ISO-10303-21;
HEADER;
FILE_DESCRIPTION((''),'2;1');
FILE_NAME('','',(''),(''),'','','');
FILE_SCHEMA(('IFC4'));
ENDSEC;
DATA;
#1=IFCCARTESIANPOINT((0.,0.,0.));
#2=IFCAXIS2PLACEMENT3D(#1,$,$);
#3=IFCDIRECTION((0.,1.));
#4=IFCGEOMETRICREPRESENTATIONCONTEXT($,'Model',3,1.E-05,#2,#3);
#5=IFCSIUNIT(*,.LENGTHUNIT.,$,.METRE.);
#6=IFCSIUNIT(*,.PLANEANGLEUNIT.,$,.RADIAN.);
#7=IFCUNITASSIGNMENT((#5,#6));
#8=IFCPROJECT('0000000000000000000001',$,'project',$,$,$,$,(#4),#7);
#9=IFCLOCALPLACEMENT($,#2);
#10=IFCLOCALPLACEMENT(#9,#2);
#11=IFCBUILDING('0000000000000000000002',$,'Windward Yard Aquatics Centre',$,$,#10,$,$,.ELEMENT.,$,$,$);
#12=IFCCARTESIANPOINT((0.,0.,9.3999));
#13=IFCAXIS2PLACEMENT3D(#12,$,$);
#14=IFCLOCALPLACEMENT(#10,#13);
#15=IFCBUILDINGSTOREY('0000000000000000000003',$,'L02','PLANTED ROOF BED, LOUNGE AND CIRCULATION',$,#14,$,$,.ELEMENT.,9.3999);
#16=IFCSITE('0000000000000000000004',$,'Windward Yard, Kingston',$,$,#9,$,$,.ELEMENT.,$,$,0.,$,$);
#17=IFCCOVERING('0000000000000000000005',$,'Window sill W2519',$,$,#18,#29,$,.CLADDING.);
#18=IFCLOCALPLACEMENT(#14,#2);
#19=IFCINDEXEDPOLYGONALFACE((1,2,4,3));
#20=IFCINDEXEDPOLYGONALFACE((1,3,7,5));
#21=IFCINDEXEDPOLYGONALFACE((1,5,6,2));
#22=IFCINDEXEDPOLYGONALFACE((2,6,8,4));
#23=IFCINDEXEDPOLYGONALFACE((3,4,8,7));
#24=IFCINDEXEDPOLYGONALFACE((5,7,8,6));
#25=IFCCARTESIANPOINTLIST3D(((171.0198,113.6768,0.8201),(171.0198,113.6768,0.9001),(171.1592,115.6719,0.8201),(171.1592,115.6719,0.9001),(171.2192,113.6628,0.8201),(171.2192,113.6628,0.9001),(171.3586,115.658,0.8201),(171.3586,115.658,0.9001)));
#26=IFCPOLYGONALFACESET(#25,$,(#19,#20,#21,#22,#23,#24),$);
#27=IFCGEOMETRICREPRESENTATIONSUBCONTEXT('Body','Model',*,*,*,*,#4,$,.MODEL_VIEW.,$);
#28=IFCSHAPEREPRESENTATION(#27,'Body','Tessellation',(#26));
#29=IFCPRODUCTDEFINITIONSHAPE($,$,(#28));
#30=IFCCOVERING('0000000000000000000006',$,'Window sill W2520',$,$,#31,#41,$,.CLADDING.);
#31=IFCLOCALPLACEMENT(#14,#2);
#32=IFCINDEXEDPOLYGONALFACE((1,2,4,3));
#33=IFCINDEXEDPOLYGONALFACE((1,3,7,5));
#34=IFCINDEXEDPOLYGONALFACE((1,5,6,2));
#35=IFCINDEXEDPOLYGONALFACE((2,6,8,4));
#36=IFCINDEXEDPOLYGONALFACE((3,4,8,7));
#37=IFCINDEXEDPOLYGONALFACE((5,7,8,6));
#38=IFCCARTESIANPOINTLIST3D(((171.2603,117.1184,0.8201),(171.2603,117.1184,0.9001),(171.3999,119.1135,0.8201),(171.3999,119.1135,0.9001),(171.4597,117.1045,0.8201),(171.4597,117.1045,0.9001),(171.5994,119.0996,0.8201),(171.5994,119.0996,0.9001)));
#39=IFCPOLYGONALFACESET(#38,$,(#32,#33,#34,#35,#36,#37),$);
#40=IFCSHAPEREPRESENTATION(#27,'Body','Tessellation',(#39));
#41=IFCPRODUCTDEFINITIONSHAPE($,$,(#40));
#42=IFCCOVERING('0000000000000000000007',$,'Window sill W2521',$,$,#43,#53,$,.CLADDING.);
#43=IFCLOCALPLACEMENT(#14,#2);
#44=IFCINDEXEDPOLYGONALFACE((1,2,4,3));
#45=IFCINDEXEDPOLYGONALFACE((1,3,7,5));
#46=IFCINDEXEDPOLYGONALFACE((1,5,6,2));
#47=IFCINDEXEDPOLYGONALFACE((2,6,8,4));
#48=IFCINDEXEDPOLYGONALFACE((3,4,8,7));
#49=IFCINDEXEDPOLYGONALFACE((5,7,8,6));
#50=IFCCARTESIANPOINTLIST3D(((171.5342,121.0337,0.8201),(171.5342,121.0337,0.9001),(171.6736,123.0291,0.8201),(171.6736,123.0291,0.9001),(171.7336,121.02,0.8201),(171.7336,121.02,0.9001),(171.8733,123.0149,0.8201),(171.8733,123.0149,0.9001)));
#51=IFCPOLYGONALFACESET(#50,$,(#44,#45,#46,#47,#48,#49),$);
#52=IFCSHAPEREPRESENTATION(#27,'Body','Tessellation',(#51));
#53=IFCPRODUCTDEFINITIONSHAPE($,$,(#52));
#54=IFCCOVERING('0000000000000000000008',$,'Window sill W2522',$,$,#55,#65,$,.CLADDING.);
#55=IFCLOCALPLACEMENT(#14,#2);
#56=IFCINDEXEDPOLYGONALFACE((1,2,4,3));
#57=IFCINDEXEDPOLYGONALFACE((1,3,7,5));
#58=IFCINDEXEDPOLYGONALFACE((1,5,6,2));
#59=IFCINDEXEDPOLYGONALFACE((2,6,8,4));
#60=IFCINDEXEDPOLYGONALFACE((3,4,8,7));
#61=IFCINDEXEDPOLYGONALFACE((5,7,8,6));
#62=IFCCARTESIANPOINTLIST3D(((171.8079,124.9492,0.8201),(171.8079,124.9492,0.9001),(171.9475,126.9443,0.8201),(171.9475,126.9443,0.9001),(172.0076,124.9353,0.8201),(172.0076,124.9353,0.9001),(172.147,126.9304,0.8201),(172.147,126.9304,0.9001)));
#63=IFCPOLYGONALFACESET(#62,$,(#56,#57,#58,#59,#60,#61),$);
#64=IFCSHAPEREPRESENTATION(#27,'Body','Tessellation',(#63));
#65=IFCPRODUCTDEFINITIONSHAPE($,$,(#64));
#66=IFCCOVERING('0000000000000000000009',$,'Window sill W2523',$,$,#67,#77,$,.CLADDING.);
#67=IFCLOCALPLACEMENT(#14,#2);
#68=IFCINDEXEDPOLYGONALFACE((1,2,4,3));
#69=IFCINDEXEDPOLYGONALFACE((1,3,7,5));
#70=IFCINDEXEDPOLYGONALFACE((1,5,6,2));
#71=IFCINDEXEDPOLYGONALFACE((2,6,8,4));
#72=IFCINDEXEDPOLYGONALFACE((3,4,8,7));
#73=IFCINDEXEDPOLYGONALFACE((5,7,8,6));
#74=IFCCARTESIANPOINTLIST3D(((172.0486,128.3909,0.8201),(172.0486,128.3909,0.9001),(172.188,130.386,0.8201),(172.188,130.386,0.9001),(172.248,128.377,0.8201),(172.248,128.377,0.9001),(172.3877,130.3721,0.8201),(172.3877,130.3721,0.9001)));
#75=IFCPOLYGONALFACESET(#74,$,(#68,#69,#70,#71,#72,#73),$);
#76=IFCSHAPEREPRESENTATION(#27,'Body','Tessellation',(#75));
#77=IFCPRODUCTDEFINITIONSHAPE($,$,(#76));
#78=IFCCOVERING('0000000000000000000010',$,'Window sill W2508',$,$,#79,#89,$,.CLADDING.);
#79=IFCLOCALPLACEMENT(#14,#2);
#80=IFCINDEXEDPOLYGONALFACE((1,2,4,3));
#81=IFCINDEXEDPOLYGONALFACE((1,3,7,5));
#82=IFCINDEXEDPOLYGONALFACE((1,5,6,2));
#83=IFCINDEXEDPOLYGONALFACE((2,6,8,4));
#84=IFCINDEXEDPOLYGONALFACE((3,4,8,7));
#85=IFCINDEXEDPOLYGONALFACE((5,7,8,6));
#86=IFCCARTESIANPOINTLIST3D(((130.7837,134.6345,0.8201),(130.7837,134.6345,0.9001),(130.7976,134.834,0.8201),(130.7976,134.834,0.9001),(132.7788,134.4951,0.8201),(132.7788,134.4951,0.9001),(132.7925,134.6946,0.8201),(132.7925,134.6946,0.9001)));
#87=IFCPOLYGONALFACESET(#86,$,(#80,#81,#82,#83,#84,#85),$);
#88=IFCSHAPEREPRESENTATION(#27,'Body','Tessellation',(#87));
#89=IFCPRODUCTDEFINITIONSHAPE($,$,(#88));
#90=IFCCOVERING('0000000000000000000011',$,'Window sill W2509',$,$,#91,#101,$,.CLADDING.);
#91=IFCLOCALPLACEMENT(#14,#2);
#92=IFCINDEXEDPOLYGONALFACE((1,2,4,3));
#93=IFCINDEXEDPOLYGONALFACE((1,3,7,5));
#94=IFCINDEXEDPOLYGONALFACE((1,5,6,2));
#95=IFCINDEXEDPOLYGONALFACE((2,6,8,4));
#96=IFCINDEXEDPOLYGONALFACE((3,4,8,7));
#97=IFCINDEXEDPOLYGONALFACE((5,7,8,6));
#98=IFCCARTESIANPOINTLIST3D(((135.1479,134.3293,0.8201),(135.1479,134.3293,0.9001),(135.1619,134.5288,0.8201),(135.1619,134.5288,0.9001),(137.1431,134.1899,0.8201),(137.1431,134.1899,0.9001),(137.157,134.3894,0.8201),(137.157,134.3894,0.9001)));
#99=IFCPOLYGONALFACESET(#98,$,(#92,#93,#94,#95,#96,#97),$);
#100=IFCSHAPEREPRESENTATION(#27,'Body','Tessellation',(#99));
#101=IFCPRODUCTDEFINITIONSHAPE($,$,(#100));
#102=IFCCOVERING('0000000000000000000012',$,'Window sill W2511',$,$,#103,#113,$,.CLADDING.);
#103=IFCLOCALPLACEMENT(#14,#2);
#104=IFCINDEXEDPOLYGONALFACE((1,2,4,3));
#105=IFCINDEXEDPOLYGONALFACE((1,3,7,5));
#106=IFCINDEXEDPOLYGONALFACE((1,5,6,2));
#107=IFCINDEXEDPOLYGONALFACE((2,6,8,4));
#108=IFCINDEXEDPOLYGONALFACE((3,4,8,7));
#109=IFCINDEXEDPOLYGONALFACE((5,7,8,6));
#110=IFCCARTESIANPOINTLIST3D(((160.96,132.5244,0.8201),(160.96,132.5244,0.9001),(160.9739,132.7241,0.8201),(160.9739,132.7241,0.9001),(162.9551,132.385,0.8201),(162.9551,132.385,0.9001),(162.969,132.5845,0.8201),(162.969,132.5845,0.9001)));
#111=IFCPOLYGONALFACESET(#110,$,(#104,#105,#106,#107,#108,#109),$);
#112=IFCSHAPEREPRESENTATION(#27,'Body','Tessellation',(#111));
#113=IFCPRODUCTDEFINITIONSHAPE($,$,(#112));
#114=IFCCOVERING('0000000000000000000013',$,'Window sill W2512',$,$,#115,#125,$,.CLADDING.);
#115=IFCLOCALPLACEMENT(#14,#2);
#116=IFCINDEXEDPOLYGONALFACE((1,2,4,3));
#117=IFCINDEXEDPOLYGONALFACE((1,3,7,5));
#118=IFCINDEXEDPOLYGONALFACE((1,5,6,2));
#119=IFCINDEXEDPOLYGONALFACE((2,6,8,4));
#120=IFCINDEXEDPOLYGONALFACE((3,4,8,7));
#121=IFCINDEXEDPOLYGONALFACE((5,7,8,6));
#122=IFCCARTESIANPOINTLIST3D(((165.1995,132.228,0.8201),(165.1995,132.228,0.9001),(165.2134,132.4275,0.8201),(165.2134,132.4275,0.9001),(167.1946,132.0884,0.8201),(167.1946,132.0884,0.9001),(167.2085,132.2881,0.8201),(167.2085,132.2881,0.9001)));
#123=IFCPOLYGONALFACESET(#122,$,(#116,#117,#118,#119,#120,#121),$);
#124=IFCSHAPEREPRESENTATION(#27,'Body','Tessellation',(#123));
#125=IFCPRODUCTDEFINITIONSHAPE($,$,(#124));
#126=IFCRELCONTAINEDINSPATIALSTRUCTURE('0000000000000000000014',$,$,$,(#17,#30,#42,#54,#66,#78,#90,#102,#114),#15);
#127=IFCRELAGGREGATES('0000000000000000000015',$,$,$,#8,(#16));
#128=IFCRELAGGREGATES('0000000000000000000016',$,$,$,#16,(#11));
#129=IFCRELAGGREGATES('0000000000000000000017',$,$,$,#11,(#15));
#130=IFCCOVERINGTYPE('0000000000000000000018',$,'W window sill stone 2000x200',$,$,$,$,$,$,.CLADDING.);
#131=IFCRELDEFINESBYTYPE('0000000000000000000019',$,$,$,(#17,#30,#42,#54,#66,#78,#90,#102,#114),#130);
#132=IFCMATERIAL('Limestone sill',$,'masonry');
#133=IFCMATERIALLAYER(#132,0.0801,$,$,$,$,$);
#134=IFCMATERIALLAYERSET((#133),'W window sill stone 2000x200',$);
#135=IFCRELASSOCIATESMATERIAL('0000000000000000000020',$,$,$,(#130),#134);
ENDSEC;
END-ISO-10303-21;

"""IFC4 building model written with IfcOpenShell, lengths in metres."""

from ifc_helpers import new_model, si_unit, direction, frame, origin, place, context, subcontext, project, spatial, polyline, outline, extrude, material, layer, layer_set, type_object, element, save


model = new_model("IFC4")

# Units and contexts
model_context = context("Model", 3, precision=1e-05, world=origin(), true_north=direction((0.0, 1.0)))
body_context = subcontext(model_context, "Body", "Model", "MODEL_VIEW")
ifc_project = project(units=[si_unit("LENGTHUNIT", "METRE"), si_unit("PLANEANGLEUNIT", "RADIAN")], contexts=[model_context])

# Site, building, storey
site_placement = place(None, origin())
site = spatial("IfcSite", under=ifc_project, at=site_placement, Name="Windward Yard, Kingston", CompositionType="ELEMENT", RefElevation=0.0)
building_placement = place(site_placement, origin())
building = spatial("IfcBuilding", under=site, at=building_placement, Name="Windward Yard Aquatics Centre", CompositionType="ELEMENT")
storey_placement = place(building_placement, frame((0.0, 0.0, 9.3999)))
storey = spatial("IfcBuildingStorey", under=building, at=storey_placement, Name="L02", Description="PLANTED ROOF BED, LOUNGE AND CIRCULATION", CompositionType="ELEMENT", Elevation=9.3999)

# Shared definitions
ifc_material_1 = material(Name="Limestone sill", Category="masonry")

# Coverings
ifc_layer_1 = layer(ifc_material_1, 0.0801)
ifc_layer_set_1 = layer_set([ifc_layer_1], Name="W window sill stone 2000x200")
covering_type_1 = type_object("IfcCoveringType", Name="W window sill stone 2000x200", PredefinedType="CLADDING", material=ifc_layer_set_1)
covering_1_placement = place(storey_placement, frame((0.0, 0.0, 0.8201)))
element("IfcCovering", 1, at=covering_1_placement, inside=storey, type_object=covering_type_1, Name="Window sill W2519", PredefinedType="CLADDING", context=body_context, shape_type="SweptSolid", body=[
    extrude(outline(polyline([(171.0198, 113.6768), (171.1592, 115.6719), (171.3586, 115.658), (171.2192, 113.6628), (171.0198, 113.6768)])), origin(), (0.0, 0.0, 1.0), 0.0801),
])
covering_2_placement = place(storey_placement, frame((0.0, 0.0, 0.8201)))
element("IfcCovering", 2, at=covering_2_placement, inside=storey, type_object=covering_type_1, Name="Window sill W2520", PredefinedType="CLADDING", context=body_context, shape_type="SweptSolid", body=[
    extrude(outline(polyline([(171.2603, 117.1184), (171.3999, 119.1135), (171.5994, 119.0996), (171.4597, 117.1045), (171.2603, 117.1184)])), origin(), (0.0, 0.0, 1.0), 0.0801),
])
covering_3_placement = place(storey_placement, frame((0.0, 0.0, 0.8201)))
element("IfcCovering", 3, at=covering_3_placement, inside=storey, type_object=covering_type_1, Name="Window sill W2521", PredefinedType="CLADDING", context=body_context, shape_type="SweptSolid", body=[
    extrude(outline(polyline([(171.5342, 121.0337), (171.6736, 123.0291), (171.8733, 123.0149), (171.7336, 121.02), (171.5342, 121.0337)])), origin(), (0.0, 0.0, 1.0), 0.0801),
])
covering_4_placement = place(storey_placement, frame((0.0, 0.0, 0.8201)))
element("IfcCovering", 4, at=covering_4_placement, inside=storey, type_object=covering_type_1, Name="Window sill W2522", PredefinedType="CLADDING", context=body_context, shape_type="SweptSolid", body=[
    extrude(outline(polyline([(171.8079, 124.9492), (171.9475, 126.9443), (172.147, 126.9304), (172.0076, 124.9353), (171.8079, 124.9492)])), origin(), (0.0, 0.0, 1.0), 0.0801),
])
covering_5_placement = place(storey_placement, frame((0.0, 0.0, 0.8201)))
element("IfcCovering", 5, at=covering_5_placement, inside=storey, type_object=covering_type_1, Name="Window sill W2523", PredefinedType="CLADDING", context=body_context, shape_type="SweptSolid", body=[
    extrude(outline(polyline([(172.0486, 128.3909), (172.188, 130.386), (172.3877, 130.3721), (172.248, 128.377), (172.0486, 128.3909)])), origin(), (0.0, 0.0, 1.0), 0.0801),
])
covering_6_placement = place(storey_placement, frame((0.0, 0.0, 0.8201)))
element("IfcCovering", 6, at=covering_6_placement, inside=storey, type_object=covering_type_1, Name="Window sill W2508", PredefinedType="CLADDING", context=body_context, shape_type="SweptSolid", body=[
    extrude(outline(polyline([(130.7837, 134.6345), (132.7788, 134.4951), (132.7925, 134.6946), (130.7976, 134.834), (130.7837, 134.6345)])), origin(), (0.0, 0.0, 1.0), 0.0801),
])
covering_7_placement = place(storey_placement, frame((0.0, 0.0, 0.8201)))
element("IfcCovering", 7, at=covering_7_placement, inside=storey, type_object=covering_type_1, Name="Window sill W2509", PredefinedType="CLADDING", context=body_context, shape_type="SweptSolid", body=[
    extrude(outline(polyline([(135.1479, 134.3293), (137.1431, 134.1899), (137.157, 134.3894), (135.1619, 134.5288), (135.1479, 134.3293)])), origin(), (0.0, 0.0, 1.0), 0.0801),
])
covering_8_placement = place(storey_placement, frame((0.0, 0.0, 0.8201)))
element("IfcCovering", 8, at=covering_8_placement, inside=storey, type_object=covering_type_1, Name="Window sill W2511", PredefinedType="CLADDING", context=body_context, shape_type="SweptSolid", body=[
    extrude(outline(polyline([(160.96, 132.5244), (162.9551, 132.385), (162.969, 132.5845), (160.9739, 132.7241), (160.96, 132.5244)])), origin(), (0.0, 0.0, 1.0), 0.0801),
])
covering_9_placement = place(storey_placement, frame((0.0, 0.0, 0.8201)))
element("IfcCovering", 9, at=covering_9_placement, inside=storey, type_object=covering_type_1, Name="Window sill W2512", PredefinedType="CLADDING", context=body_context, shape_type="SweptSolid", body=[
    extrude(outline(polyline([(165.1995, 132.228), (167.1946, 132.0884), (167.2085, 132.2881), (165.2134, 132.4275), (165.1995, 132.228)])), origin(), (0.0, 0.0, 1.0), 0.0801),
])

save(model, "model.ifc")
